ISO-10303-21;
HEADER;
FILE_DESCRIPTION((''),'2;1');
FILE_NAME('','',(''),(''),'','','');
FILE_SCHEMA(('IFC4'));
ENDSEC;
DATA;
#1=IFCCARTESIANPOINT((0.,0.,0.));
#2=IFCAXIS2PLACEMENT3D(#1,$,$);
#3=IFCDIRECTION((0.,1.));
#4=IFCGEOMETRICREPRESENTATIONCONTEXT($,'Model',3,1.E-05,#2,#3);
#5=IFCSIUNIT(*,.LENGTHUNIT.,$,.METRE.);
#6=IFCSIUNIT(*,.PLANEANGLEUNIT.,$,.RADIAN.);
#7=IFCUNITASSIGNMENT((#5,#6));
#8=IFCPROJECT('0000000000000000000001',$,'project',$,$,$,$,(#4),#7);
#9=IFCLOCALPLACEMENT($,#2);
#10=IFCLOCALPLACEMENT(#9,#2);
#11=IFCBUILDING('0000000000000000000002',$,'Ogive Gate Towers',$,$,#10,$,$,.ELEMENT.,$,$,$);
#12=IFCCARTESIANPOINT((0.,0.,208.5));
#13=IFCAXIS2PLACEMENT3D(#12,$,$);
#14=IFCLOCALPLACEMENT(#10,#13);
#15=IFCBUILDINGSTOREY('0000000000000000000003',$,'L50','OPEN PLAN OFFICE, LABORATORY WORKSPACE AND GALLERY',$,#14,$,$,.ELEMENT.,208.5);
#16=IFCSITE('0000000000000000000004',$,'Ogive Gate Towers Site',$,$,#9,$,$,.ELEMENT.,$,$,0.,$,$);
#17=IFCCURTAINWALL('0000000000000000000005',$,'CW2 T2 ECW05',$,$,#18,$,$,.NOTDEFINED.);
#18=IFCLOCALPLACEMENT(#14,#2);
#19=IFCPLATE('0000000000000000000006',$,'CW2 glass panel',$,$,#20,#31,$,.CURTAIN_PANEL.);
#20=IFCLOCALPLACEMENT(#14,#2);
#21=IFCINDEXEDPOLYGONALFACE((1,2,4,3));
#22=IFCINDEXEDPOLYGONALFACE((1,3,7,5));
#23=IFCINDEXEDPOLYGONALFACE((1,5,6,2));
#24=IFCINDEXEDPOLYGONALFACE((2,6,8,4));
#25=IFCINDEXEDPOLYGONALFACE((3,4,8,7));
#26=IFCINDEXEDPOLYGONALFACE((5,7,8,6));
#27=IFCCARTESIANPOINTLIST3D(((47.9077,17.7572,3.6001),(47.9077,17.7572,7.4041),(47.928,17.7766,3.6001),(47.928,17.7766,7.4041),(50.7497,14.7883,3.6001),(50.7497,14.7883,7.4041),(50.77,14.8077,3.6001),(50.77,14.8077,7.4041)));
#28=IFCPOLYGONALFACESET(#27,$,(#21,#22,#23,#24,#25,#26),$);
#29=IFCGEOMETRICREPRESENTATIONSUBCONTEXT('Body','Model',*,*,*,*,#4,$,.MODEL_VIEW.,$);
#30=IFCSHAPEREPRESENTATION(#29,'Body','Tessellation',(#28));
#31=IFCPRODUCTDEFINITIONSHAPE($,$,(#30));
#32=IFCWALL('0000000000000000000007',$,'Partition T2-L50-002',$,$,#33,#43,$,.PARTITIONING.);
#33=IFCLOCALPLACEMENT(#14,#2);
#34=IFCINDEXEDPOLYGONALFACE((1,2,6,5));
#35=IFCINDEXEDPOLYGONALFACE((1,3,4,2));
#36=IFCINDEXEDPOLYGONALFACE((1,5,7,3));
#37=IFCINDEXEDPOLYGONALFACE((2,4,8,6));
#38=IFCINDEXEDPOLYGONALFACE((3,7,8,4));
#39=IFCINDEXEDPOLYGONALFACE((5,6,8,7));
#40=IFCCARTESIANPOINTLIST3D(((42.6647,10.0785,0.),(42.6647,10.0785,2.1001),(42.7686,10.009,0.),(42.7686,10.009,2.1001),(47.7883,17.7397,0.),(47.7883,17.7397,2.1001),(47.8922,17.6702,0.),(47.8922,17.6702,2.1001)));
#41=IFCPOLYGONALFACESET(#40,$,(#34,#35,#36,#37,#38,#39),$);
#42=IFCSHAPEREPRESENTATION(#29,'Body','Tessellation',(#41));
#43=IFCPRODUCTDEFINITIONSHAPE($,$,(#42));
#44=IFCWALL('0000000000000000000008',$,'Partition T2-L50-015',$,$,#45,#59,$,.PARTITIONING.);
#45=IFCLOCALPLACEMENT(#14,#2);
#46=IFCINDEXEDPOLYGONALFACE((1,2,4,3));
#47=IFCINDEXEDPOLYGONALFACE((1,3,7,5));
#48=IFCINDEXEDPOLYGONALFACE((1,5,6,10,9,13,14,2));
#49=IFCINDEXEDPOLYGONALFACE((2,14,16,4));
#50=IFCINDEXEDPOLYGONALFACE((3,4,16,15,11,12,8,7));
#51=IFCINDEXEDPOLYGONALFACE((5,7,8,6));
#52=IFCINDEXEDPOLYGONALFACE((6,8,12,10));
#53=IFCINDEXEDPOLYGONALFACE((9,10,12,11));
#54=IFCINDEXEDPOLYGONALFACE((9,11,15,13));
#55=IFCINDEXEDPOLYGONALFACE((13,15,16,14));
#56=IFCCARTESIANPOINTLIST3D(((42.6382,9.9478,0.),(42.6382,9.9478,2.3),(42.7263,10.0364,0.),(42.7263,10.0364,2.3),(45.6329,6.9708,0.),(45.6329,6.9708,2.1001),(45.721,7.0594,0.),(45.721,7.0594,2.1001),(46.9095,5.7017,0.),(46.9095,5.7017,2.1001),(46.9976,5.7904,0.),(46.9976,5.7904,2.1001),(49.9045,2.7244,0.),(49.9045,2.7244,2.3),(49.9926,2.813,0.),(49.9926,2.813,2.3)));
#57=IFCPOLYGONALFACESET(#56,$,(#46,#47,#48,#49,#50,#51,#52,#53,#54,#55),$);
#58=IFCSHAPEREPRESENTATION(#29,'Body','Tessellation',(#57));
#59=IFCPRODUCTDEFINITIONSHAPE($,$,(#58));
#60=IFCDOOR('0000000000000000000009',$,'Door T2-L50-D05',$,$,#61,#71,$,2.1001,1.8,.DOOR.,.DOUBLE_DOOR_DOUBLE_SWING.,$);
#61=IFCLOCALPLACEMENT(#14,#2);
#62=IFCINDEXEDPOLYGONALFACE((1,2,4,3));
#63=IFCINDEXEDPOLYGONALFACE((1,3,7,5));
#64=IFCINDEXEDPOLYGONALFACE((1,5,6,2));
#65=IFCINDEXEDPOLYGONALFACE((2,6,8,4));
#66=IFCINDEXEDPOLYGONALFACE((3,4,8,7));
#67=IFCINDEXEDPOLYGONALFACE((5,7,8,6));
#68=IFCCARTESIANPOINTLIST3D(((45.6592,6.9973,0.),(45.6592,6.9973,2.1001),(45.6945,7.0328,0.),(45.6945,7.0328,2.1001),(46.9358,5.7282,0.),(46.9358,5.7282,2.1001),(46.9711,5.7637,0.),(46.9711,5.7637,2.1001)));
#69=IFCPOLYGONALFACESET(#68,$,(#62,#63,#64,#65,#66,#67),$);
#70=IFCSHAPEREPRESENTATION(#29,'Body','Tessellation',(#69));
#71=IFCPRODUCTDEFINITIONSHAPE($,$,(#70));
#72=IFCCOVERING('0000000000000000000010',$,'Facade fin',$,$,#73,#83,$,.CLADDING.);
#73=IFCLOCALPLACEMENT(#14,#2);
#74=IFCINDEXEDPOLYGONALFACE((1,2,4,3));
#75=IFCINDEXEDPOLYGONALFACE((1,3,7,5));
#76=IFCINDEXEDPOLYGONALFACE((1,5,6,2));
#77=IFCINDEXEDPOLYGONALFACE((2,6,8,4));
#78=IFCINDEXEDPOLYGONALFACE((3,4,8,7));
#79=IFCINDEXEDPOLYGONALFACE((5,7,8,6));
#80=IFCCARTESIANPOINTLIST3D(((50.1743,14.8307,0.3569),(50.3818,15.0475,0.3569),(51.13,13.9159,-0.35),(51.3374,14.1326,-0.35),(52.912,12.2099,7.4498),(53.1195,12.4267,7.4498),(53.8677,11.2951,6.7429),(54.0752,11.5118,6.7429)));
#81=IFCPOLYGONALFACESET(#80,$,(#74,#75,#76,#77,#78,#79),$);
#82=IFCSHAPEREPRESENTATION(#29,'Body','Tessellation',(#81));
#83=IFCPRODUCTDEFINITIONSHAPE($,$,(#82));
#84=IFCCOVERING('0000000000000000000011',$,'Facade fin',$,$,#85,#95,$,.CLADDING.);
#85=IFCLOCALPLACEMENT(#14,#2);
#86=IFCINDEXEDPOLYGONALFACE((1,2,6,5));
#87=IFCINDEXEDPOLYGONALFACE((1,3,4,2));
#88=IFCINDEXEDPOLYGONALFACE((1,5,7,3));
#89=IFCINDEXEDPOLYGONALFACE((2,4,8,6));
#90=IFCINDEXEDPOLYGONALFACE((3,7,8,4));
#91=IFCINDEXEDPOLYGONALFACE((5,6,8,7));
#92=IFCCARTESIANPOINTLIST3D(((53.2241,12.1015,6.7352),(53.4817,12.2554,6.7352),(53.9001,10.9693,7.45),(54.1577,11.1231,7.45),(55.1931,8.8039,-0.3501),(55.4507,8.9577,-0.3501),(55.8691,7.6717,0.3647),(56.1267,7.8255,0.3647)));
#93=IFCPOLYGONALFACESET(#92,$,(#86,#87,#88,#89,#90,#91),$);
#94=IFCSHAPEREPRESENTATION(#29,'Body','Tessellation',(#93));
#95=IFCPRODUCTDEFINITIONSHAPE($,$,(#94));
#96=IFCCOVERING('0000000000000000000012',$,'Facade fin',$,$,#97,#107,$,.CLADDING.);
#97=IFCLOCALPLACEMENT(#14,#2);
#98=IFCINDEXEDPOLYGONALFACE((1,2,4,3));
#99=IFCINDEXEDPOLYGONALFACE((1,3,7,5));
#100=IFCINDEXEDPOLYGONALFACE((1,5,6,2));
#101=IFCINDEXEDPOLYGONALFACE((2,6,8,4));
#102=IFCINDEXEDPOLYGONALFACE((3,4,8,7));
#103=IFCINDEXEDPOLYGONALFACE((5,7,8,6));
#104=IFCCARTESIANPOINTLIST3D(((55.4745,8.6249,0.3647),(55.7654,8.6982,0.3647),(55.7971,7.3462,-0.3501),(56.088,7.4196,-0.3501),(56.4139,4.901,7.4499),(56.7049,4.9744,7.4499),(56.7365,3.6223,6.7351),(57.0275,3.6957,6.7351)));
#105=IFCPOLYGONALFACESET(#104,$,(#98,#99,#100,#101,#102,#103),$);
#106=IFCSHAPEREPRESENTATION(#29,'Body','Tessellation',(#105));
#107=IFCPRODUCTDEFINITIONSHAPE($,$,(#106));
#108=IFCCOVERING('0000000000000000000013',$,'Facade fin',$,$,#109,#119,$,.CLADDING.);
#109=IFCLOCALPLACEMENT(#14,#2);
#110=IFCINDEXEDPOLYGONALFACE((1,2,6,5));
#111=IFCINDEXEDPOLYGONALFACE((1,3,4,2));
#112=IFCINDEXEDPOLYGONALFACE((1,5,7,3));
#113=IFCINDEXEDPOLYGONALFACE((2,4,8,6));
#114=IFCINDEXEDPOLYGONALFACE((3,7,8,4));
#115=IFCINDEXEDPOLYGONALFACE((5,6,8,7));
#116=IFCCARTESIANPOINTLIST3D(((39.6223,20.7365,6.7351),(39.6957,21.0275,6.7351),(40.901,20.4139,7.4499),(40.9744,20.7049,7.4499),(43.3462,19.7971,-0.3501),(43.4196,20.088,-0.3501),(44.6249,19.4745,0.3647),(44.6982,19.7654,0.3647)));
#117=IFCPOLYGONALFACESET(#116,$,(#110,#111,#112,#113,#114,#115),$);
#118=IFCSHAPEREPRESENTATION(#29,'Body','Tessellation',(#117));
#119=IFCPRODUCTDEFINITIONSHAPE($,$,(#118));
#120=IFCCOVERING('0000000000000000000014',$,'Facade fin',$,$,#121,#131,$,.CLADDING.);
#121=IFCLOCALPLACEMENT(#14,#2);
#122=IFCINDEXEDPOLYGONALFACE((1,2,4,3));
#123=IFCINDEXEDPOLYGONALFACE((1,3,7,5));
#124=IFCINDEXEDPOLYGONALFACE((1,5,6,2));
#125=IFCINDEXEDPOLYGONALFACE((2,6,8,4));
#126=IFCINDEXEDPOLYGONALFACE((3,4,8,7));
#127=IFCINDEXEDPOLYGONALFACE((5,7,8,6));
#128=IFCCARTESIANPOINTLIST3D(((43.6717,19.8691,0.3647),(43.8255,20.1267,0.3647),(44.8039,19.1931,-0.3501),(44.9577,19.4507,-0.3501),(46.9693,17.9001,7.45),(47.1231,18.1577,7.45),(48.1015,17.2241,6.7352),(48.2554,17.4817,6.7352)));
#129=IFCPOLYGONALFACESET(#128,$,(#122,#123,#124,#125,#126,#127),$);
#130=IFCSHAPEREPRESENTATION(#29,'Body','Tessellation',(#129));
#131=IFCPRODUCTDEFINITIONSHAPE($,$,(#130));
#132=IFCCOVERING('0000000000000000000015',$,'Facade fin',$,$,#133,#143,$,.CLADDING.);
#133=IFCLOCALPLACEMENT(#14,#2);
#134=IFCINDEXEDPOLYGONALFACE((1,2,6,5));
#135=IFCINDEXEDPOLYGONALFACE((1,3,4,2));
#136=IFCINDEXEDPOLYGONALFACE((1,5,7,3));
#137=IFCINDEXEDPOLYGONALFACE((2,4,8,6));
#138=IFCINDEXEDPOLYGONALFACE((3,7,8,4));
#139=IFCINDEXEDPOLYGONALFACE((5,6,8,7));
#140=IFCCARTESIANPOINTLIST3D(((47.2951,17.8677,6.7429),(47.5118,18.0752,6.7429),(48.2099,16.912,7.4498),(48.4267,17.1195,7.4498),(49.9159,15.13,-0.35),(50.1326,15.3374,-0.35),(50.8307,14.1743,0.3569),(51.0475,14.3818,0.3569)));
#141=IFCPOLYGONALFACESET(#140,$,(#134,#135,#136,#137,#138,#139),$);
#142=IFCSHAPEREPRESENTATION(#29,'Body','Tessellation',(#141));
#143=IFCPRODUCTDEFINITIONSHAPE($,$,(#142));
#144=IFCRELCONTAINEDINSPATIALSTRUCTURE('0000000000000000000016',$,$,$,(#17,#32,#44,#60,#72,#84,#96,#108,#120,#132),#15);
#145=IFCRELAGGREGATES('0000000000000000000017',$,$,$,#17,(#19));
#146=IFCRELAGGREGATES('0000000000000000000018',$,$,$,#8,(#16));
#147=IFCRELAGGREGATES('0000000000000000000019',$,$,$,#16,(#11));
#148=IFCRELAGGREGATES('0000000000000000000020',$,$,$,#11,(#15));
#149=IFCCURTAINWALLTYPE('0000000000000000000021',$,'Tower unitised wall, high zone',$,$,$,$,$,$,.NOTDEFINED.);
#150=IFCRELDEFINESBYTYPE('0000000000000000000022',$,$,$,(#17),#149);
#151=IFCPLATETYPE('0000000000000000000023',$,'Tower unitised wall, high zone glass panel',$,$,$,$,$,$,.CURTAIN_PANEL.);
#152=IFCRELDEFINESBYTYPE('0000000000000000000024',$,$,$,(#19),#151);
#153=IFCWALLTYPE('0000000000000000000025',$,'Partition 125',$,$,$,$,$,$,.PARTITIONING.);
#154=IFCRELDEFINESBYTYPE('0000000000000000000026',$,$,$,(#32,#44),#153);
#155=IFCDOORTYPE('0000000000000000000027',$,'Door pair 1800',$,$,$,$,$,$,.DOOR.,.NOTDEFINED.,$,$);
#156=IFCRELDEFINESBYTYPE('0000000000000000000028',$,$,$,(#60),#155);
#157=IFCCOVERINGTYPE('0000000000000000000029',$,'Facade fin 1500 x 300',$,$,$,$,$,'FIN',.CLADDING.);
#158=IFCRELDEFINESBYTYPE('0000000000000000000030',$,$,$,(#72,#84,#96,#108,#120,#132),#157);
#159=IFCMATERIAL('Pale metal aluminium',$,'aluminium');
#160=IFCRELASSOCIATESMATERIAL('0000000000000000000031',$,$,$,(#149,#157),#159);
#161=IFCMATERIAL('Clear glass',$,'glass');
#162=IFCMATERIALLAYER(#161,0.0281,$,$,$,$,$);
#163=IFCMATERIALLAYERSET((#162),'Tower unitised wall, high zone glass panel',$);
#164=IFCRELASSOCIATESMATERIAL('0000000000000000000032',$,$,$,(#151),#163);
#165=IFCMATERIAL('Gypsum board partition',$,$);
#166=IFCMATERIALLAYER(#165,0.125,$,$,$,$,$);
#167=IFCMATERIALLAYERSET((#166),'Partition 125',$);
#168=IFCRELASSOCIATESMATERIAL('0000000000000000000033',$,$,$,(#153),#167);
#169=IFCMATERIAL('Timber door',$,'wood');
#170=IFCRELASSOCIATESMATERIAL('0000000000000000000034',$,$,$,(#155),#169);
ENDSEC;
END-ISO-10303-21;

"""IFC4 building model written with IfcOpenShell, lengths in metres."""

from ifc_helpers import new_model, si_unit, direction, frame, frame_2d, origin, origin_2d, place, context, subcontext, project, spatial, rectangle, extrude, material, layer, layer_set, material_profile, profile_set, type_object, element, fill, aggregate, save


model = new_model("IFC4")

# Units and contexts
model_context = context("Model", 3, precision=1e-05, world=origin(), true_north=direction((0.0, 1.0)))
body_context = subcontext(model_context, "Body", "Model", "MODEL_VIEW")
ifc_project = project(units=[si_unit("LENGTHUNIT", "METRE"), si_unit("PLANEANGLEUNIT", "RADIAN")], contexts=[model_context])

# Site, building, storey
site_placement = place(None, origin())
site = spatial("IfcSite", under=ifc_project, at=site_placement, Name="Ogive Gate Towers Site", CompositionType="ELEMENT", RefElevation=0.0)
building_placement = place(site_placement, origin())
building = spatial("IfcBuilding", under=site, at=building_placement, Name="Ogive Gate Towers", CompositionType="ELEMENT")
storey_placement = place(building_placement, frame((0.0, 0.0, 208.5)))
storey = spatial("IfcBuildingStorey", under=building, at=storey_placement, Name="L50", Description="OPEN PLAN OFFICE, LABORATORY WORKSPACE AND GALLERY", CompositionType="ELEMENT", Elevation=208.5)

# Curtain wall
ifc_material_1 = material(Name="Pale metal aluminium", Category="aluminium")
curtain_wall_type = type_object("IfcCurtainWallType", Name="Tower unitised wall, high zone", PredefinedType="NOTDEFINED", material=ifc_material_1)
curtain_wall_1_placement = place(storey_placement, origin())
curtain_wall_1 = element("IfcCurtainWall", 1, at=curtain_wall_1_placement, inside=storey, type_object=curtain_wall_type, Name="CW2 T2 ECW05", PredefinedType="NOTDEFINED")

# Plate
ifc_material_2 = material(Name="Clear glass", Category="glass")
ifc_layer_1 = layer(ifc_material_2, 0.0281)
ifc_layer_set_1 = layer_set([ifc_layer_1], Name="Tower unitised wall, high zone glass panel")
plate_type = type_object("IfcPlateType", Name="Tower unitised wall, high zone glass panel", PredefinedType="CURTAIN_PANEL", material=ifc_layer_set_1)
plate_1_placement = place(storey_placement, frame((49.3389, 16.2825, 3.6001), z_axis=(0.0, 0.0, 1.0), x_axis=(0.6915, -0.722376, 0.0)))
plate_1 = element("IfcPlate", 2, at=plate_1_placement, type_object=plate_type, Name="CW2 glass panel", PredefinedType="CURTAIN_PANEL", context=body_context, shape_type="SweptSolid", body=[
    extrude(rectangle(XDim=4.1099, YDim=0.0281, at=origin_2d()), origin(), (0.0, 0.0, 1.0), 3.804),
])
aggregate(curtain_wall_1, [plate_1])

# Wall
ifc_material_3 = material(Name="Gypsum board partition")
ifc_layer_2 = layer(ifc_material_3, 0.125)
ifc_layer_set_2 = layer_set([ifc_layer_2], Name="Partition 125")
wall_type = type_object("IfcWallType", Name="Partition 125", PredefinedType="PARTITIONING", material=ifc_layer_set_2)
wall_1_placement = place(storey_placement, frame((47.8403, 17.7051, 0.0), z_axis=(0.0, 0.0, 1.0), x_axis=(-0.55591, -0.831243, 0.0)))
element("IfcWall", 3, at=wall_1_placement, inside=storey, type_object=wall_type, Name="Partition T2-L50-002", PredefinedType="PARTITIONING", context=body_context, shape_type="SweptSolid", body=[
    extrude(rectangle(XDim=9.2166, YDim=0.125, at=frame_2d((4.6084, 0.0))), origin(), (0.0, 0.0, 1.0), 2.1001),
])

# Wall, opening, door
wall_2_placement = place(storey_placement, frame((42.6821, 9.9922, 0.0), z_axis=(0.0, 0.0, 1.0), x_axis=(0.709201, -0.705007, 0.0)))
wall_2 = element("IfcWall", 4, at=wall_2_placement, inside=storey, type_object=wall_type, Name="Partition T2-L50-015", PredefinedType="PARTITIONING", context=body_context, shape_type="SweptSolid", body=[
    extrude(rectangle(XDim=10.2458, YDim=0.125, at=frame_2d((5.123, 0.0))), origin(), (0.0, 0.0, 1.0), 2.3),
])
opening_placement = place(wall_2_placement, frame((4.2229, 0.0, 0.0)))
opening = element("IfcOpeningElement", 5, at=opening_placement, cuts=wall_2, PredefinedType="OPENING", context=body_context, shape_type="SweptSolid", body=[
    extrude(rectangle(XDim=1.8, YDim=2.1001, at=frame_2d((0.8999, 1.05))), frame((0.0, 0.0725, 0.0), z_axis=(0.0, -1.0, 0.0), x_axis=(1.0, 0.0, 0.0)), (0.0, 0.0, 1.0), 0.145),
])
ifc_material_4 = material(Name="Timber door", Category="wood")
door_type = type_object("IfcDoorType", Name="Door pair 1800", OperationType="NOTDEFINED", PredefinedType="DOOR", material=ifc_material_4)
door_placement = place(opening_placement, origin())
door = element("IfcDoor", 6, at=door_placement, inside=storey, type_object=door_type, Name="Door T2-L50-D05", OperationType="DOUBLE_DOOR_DOUBLE_SWING", OverallHeight=2.1001, OverallWidth=1.8, PredefinedType="DOOR", context=body_context, shape_type="SweptSolid", body=[
    extrude(rectangle(XDim=1.8, YDim=2.1001, at=frame_2d((0.8999, 1.05))), frame((0.0, 0.0249, 0.0), z_axis=(0.0, -1.0, 0.0), x_axis=(1.0, 0.0, 0.0)), (0.0, 0.0, 1.0), 0.05),
])
fill(opening, door)

# Coverings
ifc_material_profile_1 = material_profile(ifc_material_1, rectangle(XDim=0.3, YDim=1.5, at=origin_2d()), Name="1500 x 300 pale metal aluminium")
ifc_profile_set_1 = profile_set([ifc_material_profile_1], Name="Pale metal aluminium")
covering_type = type_object("IfcCoveringType", Name="Facade fin 1500 x 300", ElementType="FIN", PredefinedType="CLADDING", material=ifc_profile_set_1)
covering_1_placement = place(storey_placement, frame((50.7559, 14.4817, 0.0034), z_axis=(0.340433, -0.325891, 0.881987), x_axis=(0.691511, 0.722366, 0.0)))
element("IfcCovering", 7, at=covering_1_placement, inside=storey, type_object=covering_type, Name="Facade fin", PredefinedType="CLADDING", context=body_context, shape_type="SweptSolid", body=[
    extrude(rectangle(XDim=0.3, YDim=1.5, at=origin_2d()), origin(), (0.0, 0.0, 1.0), 8.042),
])
covering_2_placement = place(storey_placement, frame((55.6599, 8.3147, 0.0073), z_axis=(-0.244315, 0.409171, 0.879141), x_axis=(-0.85859, -0.512662, 0.0)))
element("IfcCovering", 8, at=covering_2_placement, inside=storey, type_object=covering_type, Name="Facade fin", PredefinedType="CLADDING", context=body_context, shape_type="SweptSolid", body=[
    extrude(rectangle(XDim=0.3, YDim=1.5, at=origin_2d()), origin(), (0.0, 0.0, 1.0), 8.0593),
])
for number, where, z_axis, x_axis, name in (
    (9, (55.7812, 8.0222, 0.0073), (0.11657, -0.462068, 0.87915), (0.969621, 0.244614, 0.0), "Facade fin"),
    (10, (44.0222, 19.7812, 0.0073), (-0.462068, 0.11657, 0.87915), (-0.244614, -0.969621, 0.0), "Facade fin"),
):
    element("IfcCovering", number, at=place(storey_placement, frame(where, z_axis=z_axis, x_axis=x_axis)), inside=storey, type_object=covering_type, Name=name, PredefinedType="CLADDING", context=body_context, shape_type="SweptSolid", body=[
        extrude(rectangle(XDim=0.3, YDim=1.5, at=origin_2d()), origin(), (0.0, 0.0, 1.0), 8.0591),
    ])
covering_3_placement = place(storey_placement, frame((44.3147, 19.6599, 0.0073), z_axis=(0.409171, -0.244315, 0.879141), x_axis=(0.512662, 0.85859, 0.0)))
element("IfcCovering", 11, at=covering_3_placement, inside=storey, type_object=covering_type, Name="Facade fin", PredefinedType="CLADDING", context=body_context, shape_type="SweptSolid", body=[
    extrude(rectangle(XDim=0.3, YDim=1.5, at=origin_2d()), origin(), (0.0, 0.0, 1.0), 8.0593),
])
covering_4_placement = place(storey_placement, frame((50.4817, 14.7559, 0.0034), z_axis=(-0.325891, 0.340433, 0.881987), x_axis=(-0.722366, -0.691511, 0.0)))
element("IfcCovering", 12, at=covering_4_placement, inside=storey, type_object=covering_type, Name="Facade fin", PredefinedType="CLADDING", context=body_context, shape_type="SweptSolid", body=[
    extrude(rectangle(XDim=0.3, YDim=1.5, at=origin_2d()), origin(), (0.0, 0.0, 1.0), 8.042),
])

save(model, "model.ifc")
